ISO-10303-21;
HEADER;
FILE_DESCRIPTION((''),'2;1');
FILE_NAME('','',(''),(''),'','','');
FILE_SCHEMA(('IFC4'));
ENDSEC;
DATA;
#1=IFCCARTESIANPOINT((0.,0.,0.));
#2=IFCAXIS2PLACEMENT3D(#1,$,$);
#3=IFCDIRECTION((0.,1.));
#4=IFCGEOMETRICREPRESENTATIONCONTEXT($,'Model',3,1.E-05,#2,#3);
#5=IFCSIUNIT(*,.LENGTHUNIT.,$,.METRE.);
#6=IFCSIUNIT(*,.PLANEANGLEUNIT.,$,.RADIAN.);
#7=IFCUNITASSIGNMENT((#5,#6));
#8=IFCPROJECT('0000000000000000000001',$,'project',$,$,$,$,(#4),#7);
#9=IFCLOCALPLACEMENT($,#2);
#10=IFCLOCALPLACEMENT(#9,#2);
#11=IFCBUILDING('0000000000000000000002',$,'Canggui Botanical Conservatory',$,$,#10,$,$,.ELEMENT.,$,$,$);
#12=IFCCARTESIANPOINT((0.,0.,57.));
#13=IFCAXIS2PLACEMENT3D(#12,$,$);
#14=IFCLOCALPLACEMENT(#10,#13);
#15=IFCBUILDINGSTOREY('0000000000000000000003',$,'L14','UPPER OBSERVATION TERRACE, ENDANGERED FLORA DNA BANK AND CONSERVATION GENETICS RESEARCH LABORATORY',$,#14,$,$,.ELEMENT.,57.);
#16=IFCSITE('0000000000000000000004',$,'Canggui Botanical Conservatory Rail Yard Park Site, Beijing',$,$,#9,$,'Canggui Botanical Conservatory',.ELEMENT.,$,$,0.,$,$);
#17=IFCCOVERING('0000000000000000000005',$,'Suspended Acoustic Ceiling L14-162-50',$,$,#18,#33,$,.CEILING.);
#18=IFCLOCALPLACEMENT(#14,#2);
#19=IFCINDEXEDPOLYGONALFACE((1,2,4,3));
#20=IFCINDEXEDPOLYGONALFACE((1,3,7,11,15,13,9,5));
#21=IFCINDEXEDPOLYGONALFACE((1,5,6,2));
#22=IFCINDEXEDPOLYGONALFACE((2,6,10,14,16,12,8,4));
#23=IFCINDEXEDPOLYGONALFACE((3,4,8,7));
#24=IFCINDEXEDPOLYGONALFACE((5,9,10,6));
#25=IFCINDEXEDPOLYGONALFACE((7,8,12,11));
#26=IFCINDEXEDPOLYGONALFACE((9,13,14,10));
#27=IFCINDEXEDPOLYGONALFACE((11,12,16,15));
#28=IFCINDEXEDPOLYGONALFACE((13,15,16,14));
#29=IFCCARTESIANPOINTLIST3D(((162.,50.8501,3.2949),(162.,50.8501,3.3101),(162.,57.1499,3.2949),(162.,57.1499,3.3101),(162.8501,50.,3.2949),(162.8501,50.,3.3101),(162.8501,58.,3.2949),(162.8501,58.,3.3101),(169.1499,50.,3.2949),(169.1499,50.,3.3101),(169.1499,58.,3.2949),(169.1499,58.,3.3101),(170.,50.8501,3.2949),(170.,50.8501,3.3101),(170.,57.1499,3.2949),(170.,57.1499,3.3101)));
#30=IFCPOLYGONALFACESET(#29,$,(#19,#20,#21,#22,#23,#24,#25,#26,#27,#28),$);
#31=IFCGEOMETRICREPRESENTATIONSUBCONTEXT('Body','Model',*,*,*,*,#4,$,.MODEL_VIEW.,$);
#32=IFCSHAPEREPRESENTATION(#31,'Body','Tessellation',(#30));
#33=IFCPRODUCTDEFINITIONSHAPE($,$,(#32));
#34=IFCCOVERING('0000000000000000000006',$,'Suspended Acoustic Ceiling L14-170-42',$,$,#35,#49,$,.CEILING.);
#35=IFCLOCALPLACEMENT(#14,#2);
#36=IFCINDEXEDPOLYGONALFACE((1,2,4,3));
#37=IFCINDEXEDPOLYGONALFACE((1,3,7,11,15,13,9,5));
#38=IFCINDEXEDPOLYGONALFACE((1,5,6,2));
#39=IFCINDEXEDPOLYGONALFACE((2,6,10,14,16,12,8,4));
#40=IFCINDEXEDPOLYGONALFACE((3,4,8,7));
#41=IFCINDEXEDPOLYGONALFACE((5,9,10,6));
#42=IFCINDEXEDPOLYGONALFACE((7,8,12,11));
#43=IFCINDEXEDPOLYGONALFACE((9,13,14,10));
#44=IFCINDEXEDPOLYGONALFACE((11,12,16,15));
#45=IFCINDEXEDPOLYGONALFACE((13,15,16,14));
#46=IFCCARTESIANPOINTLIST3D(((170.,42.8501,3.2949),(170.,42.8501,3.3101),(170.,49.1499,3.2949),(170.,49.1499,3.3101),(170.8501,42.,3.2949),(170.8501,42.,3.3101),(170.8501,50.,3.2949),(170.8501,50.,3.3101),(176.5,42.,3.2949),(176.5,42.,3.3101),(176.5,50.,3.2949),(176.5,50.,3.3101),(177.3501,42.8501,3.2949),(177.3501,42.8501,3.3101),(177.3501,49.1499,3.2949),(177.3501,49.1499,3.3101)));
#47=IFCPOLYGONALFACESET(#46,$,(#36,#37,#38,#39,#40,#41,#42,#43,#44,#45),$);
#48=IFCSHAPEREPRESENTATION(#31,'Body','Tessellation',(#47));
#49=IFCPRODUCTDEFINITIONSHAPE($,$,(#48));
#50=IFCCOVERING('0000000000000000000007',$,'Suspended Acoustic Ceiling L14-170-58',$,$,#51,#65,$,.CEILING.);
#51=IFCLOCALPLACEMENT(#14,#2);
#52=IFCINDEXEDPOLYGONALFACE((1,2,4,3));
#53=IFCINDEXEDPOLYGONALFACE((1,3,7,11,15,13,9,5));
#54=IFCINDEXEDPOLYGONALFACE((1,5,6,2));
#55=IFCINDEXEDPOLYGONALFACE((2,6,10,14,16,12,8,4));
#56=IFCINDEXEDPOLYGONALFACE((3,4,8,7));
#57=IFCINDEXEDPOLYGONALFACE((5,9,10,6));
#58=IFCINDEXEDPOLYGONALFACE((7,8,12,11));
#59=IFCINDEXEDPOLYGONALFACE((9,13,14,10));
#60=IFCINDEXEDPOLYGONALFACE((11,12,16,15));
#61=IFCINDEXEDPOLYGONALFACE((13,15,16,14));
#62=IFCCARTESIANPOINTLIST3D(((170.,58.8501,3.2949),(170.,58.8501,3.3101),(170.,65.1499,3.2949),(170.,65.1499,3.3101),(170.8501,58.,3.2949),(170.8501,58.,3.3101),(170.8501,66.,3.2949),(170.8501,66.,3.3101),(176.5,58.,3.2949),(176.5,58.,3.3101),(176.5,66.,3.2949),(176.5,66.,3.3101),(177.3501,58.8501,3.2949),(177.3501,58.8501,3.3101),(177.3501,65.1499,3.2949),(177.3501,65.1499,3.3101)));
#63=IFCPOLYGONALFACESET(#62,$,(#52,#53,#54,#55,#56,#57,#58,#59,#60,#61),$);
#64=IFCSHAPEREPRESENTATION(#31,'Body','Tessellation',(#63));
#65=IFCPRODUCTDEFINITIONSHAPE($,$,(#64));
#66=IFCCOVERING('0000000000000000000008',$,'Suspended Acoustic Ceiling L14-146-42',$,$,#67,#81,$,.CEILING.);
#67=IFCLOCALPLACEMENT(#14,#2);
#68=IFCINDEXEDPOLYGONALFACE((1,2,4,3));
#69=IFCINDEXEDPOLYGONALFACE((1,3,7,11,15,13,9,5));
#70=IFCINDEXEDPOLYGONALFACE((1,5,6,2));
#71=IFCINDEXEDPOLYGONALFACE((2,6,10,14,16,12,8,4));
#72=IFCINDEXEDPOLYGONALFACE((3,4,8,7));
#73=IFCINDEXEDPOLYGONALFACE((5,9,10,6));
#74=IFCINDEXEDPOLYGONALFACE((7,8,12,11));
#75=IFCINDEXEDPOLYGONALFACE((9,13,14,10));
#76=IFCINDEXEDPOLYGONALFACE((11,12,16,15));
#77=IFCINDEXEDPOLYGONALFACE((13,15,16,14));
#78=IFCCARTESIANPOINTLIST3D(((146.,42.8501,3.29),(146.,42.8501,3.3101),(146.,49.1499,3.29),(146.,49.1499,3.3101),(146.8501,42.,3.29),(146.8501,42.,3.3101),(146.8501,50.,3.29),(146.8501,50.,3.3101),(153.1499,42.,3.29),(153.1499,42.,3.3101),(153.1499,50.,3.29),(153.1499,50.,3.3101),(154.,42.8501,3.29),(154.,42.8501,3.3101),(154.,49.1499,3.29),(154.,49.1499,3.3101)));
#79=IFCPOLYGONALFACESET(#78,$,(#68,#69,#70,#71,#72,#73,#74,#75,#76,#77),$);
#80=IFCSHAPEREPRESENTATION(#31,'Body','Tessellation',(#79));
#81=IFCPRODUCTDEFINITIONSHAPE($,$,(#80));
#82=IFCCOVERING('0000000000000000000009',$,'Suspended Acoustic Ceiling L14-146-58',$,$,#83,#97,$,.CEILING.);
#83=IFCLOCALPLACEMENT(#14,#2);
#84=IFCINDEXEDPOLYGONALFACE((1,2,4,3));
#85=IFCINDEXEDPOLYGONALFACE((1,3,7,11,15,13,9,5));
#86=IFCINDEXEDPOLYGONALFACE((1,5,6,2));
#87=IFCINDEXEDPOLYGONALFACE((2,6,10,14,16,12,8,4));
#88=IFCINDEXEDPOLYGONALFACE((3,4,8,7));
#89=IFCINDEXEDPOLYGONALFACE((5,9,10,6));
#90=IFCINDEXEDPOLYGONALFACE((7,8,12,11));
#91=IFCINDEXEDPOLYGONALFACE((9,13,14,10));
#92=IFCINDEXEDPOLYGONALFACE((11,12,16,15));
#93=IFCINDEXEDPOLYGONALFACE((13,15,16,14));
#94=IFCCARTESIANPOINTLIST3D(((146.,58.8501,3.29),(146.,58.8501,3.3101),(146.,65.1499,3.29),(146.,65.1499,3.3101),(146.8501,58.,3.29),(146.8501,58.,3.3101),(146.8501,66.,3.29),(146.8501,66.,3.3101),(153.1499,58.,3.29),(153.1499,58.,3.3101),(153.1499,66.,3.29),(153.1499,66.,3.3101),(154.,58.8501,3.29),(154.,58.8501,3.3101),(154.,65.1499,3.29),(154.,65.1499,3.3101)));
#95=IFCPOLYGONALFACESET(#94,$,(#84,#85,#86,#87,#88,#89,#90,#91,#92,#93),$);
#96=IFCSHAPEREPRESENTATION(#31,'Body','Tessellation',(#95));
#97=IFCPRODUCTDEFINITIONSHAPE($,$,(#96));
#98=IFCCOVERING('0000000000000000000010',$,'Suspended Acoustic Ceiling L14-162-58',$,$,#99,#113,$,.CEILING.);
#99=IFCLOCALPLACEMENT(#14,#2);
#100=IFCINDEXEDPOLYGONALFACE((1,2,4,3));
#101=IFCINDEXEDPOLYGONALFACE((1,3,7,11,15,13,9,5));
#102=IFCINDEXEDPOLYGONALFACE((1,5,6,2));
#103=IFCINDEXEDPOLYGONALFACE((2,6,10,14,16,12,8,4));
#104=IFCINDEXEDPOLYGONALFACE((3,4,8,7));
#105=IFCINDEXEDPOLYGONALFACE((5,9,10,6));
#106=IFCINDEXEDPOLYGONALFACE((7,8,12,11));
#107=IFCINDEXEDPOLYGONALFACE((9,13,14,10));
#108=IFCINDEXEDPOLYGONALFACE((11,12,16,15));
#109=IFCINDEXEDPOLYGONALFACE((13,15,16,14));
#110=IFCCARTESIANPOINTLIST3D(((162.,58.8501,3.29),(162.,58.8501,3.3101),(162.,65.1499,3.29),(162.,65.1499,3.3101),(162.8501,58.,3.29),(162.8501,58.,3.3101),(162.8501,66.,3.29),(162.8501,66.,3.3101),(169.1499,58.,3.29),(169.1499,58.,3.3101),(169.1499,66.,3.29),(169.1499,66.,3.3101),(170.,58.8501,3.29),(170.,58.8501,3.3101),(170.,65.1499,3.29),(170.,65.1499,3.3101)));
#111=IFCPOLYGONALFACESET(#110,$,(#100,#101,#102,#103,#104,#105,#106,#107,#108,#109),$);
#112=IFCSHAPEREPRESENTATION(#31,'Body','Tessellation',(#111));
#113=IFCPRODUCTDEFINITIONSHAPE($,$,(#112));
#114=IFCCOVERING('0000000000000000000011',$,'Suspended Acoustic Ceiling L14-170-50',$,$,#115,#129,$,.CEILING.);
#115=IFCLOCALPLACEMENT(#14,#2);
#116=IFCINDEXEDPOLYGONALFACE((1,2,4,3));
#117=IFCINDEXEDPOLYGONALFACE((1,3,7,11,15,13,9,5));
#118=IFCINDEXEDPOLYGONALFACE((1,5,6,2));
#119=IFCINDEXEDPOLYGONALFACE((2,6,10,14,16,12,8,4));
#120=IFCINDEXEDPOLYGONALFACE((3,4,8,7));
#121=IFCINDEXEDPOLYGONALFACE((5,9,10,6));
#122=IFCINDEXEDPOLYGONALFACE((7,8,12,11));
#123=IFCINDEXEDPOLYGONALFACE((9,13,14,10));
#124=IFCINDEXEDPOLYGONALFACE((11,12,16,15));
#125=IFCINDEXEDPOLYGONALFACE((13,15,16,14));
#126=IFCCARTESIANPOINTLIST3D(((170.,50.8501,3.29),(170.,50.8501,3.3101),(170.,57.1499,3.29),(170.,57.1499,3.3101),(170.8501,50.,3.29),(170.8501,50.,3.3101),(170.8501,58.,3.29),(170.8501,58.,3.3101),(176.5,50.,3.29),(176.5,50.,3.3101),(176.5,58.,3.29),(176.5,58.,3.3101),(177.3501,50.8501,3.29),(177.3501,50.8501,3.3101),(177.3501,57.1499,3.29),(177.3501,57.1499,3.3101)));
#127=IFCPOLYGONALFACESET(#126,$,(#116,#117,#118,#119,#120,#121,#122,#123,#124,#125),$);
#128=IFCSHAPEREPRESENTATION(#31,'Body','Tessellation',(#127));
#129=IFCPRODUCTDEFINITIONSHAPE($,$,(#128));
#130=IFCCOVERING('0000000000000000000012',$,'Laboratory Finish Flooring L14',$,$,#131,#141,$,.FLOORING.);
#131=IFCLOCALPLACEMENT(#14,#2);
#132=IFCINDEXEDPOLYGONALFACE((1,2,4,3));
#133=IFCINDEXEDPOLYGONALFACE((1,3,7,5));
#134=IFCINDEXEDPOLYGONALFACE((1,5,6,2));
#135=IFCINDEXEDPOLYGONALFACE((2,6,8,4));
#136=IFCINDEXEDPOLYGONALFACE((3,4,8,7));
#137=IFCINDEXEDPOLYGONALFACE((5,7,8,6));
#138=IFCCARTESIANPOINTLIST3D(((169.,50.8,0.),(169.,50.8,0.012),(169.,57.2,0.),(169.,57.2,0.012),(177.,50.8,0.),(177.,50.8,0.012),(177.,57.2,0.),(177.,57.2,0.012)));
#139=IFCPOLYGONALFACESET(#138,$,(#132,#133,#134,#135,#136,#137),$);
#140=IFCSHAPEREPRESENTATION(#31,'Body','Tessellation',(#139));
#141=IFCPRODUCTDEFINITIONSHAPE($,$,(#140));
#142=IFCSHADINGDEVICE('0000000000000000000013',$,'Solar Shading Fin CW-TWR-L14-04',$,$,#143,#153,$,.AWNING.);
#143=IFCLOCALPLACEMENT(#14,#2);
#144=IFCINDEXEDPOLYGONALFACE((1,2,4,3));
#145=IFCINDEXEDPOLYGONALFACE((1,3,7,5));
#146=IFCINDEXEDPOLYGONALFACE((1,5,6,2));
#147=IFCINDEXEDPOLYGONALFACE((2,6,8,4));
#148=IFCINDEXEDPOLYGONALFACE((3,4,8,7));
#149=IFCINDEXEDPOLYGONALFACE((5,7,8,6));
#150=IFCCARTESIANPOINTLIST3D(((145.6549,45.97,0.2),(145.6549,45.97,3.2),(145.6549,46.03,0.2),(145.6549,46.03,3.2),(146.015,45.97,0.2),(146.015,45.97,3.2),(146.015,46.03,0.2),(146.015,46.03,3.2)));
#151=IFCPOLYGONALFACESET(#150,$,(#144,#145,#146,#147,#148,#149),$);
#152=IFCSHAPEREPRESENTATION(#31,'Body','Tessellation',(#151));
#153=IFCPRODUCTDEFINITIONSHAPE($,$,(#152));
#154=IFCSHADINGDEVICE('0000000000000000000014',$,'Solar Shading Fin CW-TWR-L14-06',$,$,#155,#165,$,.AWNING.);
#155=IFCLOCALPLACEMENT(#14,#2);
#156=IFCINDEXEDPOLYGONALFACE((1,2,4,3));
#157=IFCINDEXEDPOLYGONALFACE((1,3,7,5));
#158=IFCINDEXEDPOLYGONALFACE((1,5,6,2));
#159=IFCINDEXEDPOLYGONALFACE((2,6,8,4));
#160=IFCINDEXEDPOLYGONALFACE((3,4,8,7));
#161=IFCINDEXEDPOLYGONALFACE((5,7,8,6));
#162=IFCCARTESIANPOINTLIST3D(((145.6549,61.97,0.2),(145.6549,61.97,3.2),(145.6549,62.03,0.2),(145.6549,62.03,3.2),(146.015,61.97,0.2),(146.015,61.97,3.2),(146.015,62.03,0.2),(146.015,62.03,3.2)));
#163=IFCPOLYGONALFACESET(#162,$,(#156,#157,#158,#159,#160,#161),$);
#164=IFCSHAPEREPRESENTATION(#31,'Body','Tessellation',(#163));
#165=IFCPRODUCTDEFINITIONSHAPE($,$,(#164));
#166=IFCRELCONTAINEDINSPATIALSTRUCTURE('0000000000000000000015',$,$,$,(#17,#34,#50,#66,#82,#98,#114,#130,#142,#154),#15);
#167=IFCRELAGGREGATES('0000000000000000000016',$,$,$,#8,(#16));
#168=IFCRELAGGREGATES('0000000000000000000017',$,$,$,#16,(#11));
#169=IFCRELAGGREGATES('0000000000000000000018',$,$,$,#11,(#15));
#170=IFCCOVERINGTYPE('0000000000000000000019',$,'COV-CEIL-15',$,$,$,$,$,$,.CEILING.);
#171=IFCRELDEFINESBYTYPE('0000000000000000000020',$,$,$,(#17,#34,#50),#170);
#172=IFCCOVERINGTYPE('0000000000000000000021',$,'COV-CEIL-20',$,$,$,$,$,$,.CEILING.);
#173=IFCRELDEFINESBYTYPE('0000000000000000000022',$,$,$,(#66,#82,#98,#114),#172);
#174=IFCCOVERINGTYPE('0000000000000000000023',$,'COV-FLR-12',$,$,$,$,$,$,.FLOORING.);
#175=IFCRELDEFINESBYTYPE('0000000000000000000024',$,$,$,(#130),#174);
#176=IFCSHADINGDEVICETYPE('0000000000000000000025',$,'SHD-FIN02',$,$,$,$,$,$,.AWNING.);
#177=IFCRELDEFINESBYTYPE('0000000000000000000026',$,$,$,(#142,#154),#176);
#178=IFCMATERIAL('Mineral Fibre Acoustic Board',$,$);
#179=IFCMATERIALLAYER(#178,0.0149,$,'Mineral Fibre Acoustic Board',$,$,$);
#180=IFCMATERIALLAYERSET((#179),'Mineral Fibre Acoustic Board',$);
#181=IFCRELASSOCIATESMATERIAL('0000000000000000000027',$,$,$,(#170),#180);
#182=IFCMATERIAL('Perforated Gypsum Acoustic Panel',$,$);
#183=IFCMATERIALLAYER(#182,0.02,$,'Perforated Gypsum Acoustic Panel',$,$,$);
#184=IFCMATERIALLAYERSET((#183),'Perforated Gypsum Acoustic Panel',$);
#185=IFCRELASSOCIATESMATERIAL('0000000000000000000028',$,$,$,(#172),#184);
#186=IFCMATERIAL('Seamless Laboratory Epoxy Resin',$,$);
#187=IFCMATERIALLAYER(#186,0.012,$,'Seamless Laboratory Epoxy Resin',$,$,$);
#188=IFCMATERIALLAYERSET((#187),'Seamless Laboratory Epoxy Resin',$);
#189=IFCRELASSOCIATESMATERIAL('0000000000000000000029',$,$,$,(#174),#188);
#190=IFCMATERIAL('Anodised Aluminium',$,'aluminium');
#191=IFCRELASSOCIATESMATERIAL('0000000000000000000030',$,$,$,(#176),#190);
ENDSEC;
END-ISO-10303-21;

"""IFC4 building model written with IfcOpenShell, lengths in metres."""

from ifc_helpers import new_model, si_unit, direction, frame, origin, origin_2d, place, context, subcontext, project, spatial, polyline, rectangle, outline, extrude, material, layer, layer_set, type_object, element, save


model = new_model("IFC4")

# Units and contexts
model_context = context("Model", 3, precision=1e-05, world=origin(), true_north=direction((0.0, 1.0)))
body_context = subcontext(model_context, "Body", "Model", "MODEL_VIEW")
ifc_project = project(units=[si_unit("LENGTHUNIT", "METRE"), si_unit("PLANEANGLEUNIT", "RADIAN")], contexts=[model_context])

# Site, building, storey
site_placement = place(None, origin())
site = spatial("IfcSite", under=ifc_project, at=site_placement, Name="Canggui Botanical Conservatory Rail Yard Park Site, Beijing", LongName="Canggui Botanical Conservatory", CompositionType="ELEMENT", RefElevation=0.0)
building_placement = place(site_placement, origin())
building = spatial("IfcBuilding", under=site, at=building_placement, Name="Canggui Botanical Conservatory", CompositionType="ELEMENT")
storey_placement = place(building_placement, frame((0.0, 0.0, 57.0)))
storey = spatial("IfcBuildingStorey", under=building, at=storey_placement, Name="L14", Description="UPPER OBSERVATION TERRACE, ENDANGERED FLORA DNA BANK AND CONSERVATION GENETICS RESEARCH LABORATORY", CompositionType="ELEMENT", Elevation=57.0)

# Coverings
ifc_material_1 = material(Name="Mineral Fibre Acoustic Board")
ifc_layer_1 = layer(ifc_material_1, 0.0149, Name="Mineral Fibre Acoustic Board")
ifc_layer_set_1 = layer_set([ifc_layer_1], Name="Mineral Fibre Acoustic Board")
covering_type_1 = type_object("IfcCoveringType", Name="COV-CEIL-15", PredefinedType="CEILING", material=ifc_layer_set_1)
covering_1_placement = place(storey_placement, frame((0.0, 0.0, 3.2949)))
element("IfcCovering", 1, at=covering_1_placement, inside=storey, type_object=covering_type_1, Name="Suspended Acoustic Ceiling L14-162-50", PredefinedType="CEILING", context=body_context, shape_type="SweptSolid", body=[
    extrude(outline(polyline([(162.8501, 50.0), (169.1499, 50.0), (170.0, 50.8501), (170.0, 57.1499), (169.1499, 58.0), (162.8501, 58.0), (162.0, 57.1499), (162.0, 50.8501), (162.8501, 50.0)])), origin(), (0.0, 0.0, 1.0), 0.0151),
])
covering_2_placement = place(storey_placement, frame((0.0, 0.0, 3.2949)))
element("IfcCovering", 2, at=covering_2_placement, inside=storey, type_object=covering_type_1, Name="Suspended Acoustic Ceiling L14-170-42", PredefinedType="CEILING", context=body_context, shape_type="SweptSolid", body=[
    extrude(outline(polyline([(170.8501, 42.0), (176.5, 42.0), (177.3501, 42.8501), (177.3501, 49.1499), (176.5, 50.0), (170.8501, 50.0), (170.0, 49.1499), (170.0, 42.8501), (170.8501, 42.0)])), origin(), (0.0, 0.0, 1.0), 0.0151),
])
covering_3_placement = place(storey_placement, frame((0.0, 0.0, 3.2949)))
element("IfcCovering", 3, at=covering_3_placement, inside=storey, type_object=covering_type_1, Name="Suspended Acoustic Ceiling L14-170-58", PredefinedType="CEILING", context=body_context, shape_type="SweptSolid", body=[
    extrude(outline(polyline([(170.8501, 58.0), (176.5, 58.0), (177.3501, 58.8501), (177.3501, 65.1499), (176.5, 66.0), (170.8501, 66.0), (170.0, 65.1499), (170.0, 58.8501), (170.8501, 58.0)])), origin(), (0.0, 0.0, 1.0), 0.0151),
])
ifc_material_2 = material(Name="Perforated Gypsum Acoustic Panel")
ifc_layer_2 = layer(ifc_material_2, 0.02, Name="Perforated Gypsum Acoustic Panel")
ifc_layer_set_2 = layer_set([ifc_layer_2], Name="Perforated Gypsum Acoustic Panel")
covering_type_2 = type_object("IfcCoveringType", Name="COV-CEIL-20", PredefinedType="CEILING", material=ifc_layer_set_2)
covering_4_placement = place(storey_placement, frame((0.0, 0.0, 3.29)))
element("IfcCovering", 4, at=covering_4_placement, inside=storey, type_object=covering_type_2, Name="Suspended Acoustic Ceiling L14-146-42", PredefinedType="CEILING", context=body_context, shape_type="SweptSolid", body=[
    extrude(outline(polyline([(146.8501, 42.0), (153.1499, 42.0), (154.0, 42.8501), (154.0, 49.1499), (153.1499, 50.0), (146.8501, 50.0), (146.0, 49.1499), (146.0, 42.8501), (146.8501, 42.0)])), origin(), (0.0, 0.0, 1.0), 0.02),
])
covering_5_placement = place(storey_placement, frame((0.0, 0.0, 3.29)))
element("IfcCovering", 5, at=covering_5_placement, inside=storey, type_object=covering_type_2, Name="Suspended Acoustic Ceiling L14-146-58", PredefinedType="CEILING", context=body_context, shape_type="SweptSolid", body=[
    extrude(outline(polyline([(146.8501, 58.0), (153.1499, 58.0), (154.0, 58.8501), (154.0, 65.1499), (153.1499, 66.0), (146.8501, 66.0), (146.0, 65.1499), (146.0, 58.8501), (146.8501, 58.0)])), origin(), (0.0, 0.0, 1.0), 0.02),
])
covering_6_placement = place(storey_placement, frame((0.0, 0.0, 3.29)))
element("IfcCovering", 6, at=covering_6_placement, inside=storey, type_object=covering_type_2, Name="Suspended Acoustic Ceiling L14-162-58", PredefinedType="CEILING", context=body_context, shape_type="SweptSolid", body=[
    extrude(outline(polyline([(162.8501, 58.0), (169.1499, 58.0), (170.0, 58.8501), (170.0, 65.1499), (169.1499, 66.0), (162.8501, 66.0), (162.0, 65.1499), (162.0, 58.8501), (162.8501, 58.0)])), origin(), (0.0, 0.0, 1.0), 0.02),
])
covering_7_placement = place(storey_placement, frame((0.0, 0.0, 3.29)))
element("IfcCovering", 7, at=covering_7_placement, inside=storey, type_object=covering_type_2, Name="Suspended Acoustic Ceiling L14-170-50", PredefinedType="CEILING", context=body_context, shape_type="SweptSolid", body=[
    extrude(outline(polyline([(170.8501, 50.0), (176.5, 50.0), (177.3501, 50.8501), (177.3501, 57.1499), (176.5, 58.0), (170.8501, 58.0), (170.0, 57.1499), (170.0, 50.8501), (170.8501, 50.0)])), origin(), (0.0, 0.0, 1.0), 0.02),
])
ifc_material_3 = material(Name="Seamless Laboratory Epoxy Resin")
ifc_layer_3 = layer(ifc_material_3, 0.012, Name="Seamless Laboratory Epoxy Resin")
ifc_layer_set_3 = layer_set([ifc_layer_3], Name="Seamless Laboratory Epoxy Resin")
covering_type_3 = type_object("IfcCoveringType", Name="COV-FLR-12", PredefinedType="FLOORING", material=ifc_layer_set_3)
covering_8_placement = place(storey_placement, origin())
element("IfcCovering", 8, at=covering_8_placement, inside=storey, type_object=covering_type_3, Name="Laboratory Finish Flooring L14", PredefinedType="FLOORING", context=body_context, shape_type="SweptSolid", body=[
    extrude(outline(polyline([(169.0, 50.8), (177.0, 50.8), (177.0, 57.2), (169.0, 57.2), (169.0, 50.8)])), origin(), (0.0, 0.0, 1.0), 0.012),
])

# Shading devices
ifc_material_4 = material(Name="Anodised Aluminium", Category="aluminium")
shading_device_type = type_object("IfcShadingDeviceType", Name="SHD-FIN02", PredefinedType="AWNING", material=ifc_material_4)
for number, where, z_axis, x_axis, name in (
    (9, (145.835, 46.0, 0.2), (0.0, 0.0, 1.0), (0.0, 1.0, 0.0), "Solar Shading Fin CW-TWR-L14-04"),
    (10, (145.835, 62.0, 0.2), (0.0, 0.0, 1.0), (0.0, 1.0, 0.0), "Solar Shading Fin CW-TWR-L14-06"),
):
    element("IfcShadingDevice", number, at=place(storey_placement, frame(where, z_axis=z_axis, x_axis=x_axis)), inside=storey, type_object=shading_device_type, Name=name, PredefinedType="AWNING", context=body_context, shape_type="SweptSolid", body=[
        extrude(rectangle(XDim=0.0601, YDim=0.3601, at=origin_2d()), origin(), (0.0, 0.0, 1.0), 3.0),
    ])

save(model, "model.ifc")
